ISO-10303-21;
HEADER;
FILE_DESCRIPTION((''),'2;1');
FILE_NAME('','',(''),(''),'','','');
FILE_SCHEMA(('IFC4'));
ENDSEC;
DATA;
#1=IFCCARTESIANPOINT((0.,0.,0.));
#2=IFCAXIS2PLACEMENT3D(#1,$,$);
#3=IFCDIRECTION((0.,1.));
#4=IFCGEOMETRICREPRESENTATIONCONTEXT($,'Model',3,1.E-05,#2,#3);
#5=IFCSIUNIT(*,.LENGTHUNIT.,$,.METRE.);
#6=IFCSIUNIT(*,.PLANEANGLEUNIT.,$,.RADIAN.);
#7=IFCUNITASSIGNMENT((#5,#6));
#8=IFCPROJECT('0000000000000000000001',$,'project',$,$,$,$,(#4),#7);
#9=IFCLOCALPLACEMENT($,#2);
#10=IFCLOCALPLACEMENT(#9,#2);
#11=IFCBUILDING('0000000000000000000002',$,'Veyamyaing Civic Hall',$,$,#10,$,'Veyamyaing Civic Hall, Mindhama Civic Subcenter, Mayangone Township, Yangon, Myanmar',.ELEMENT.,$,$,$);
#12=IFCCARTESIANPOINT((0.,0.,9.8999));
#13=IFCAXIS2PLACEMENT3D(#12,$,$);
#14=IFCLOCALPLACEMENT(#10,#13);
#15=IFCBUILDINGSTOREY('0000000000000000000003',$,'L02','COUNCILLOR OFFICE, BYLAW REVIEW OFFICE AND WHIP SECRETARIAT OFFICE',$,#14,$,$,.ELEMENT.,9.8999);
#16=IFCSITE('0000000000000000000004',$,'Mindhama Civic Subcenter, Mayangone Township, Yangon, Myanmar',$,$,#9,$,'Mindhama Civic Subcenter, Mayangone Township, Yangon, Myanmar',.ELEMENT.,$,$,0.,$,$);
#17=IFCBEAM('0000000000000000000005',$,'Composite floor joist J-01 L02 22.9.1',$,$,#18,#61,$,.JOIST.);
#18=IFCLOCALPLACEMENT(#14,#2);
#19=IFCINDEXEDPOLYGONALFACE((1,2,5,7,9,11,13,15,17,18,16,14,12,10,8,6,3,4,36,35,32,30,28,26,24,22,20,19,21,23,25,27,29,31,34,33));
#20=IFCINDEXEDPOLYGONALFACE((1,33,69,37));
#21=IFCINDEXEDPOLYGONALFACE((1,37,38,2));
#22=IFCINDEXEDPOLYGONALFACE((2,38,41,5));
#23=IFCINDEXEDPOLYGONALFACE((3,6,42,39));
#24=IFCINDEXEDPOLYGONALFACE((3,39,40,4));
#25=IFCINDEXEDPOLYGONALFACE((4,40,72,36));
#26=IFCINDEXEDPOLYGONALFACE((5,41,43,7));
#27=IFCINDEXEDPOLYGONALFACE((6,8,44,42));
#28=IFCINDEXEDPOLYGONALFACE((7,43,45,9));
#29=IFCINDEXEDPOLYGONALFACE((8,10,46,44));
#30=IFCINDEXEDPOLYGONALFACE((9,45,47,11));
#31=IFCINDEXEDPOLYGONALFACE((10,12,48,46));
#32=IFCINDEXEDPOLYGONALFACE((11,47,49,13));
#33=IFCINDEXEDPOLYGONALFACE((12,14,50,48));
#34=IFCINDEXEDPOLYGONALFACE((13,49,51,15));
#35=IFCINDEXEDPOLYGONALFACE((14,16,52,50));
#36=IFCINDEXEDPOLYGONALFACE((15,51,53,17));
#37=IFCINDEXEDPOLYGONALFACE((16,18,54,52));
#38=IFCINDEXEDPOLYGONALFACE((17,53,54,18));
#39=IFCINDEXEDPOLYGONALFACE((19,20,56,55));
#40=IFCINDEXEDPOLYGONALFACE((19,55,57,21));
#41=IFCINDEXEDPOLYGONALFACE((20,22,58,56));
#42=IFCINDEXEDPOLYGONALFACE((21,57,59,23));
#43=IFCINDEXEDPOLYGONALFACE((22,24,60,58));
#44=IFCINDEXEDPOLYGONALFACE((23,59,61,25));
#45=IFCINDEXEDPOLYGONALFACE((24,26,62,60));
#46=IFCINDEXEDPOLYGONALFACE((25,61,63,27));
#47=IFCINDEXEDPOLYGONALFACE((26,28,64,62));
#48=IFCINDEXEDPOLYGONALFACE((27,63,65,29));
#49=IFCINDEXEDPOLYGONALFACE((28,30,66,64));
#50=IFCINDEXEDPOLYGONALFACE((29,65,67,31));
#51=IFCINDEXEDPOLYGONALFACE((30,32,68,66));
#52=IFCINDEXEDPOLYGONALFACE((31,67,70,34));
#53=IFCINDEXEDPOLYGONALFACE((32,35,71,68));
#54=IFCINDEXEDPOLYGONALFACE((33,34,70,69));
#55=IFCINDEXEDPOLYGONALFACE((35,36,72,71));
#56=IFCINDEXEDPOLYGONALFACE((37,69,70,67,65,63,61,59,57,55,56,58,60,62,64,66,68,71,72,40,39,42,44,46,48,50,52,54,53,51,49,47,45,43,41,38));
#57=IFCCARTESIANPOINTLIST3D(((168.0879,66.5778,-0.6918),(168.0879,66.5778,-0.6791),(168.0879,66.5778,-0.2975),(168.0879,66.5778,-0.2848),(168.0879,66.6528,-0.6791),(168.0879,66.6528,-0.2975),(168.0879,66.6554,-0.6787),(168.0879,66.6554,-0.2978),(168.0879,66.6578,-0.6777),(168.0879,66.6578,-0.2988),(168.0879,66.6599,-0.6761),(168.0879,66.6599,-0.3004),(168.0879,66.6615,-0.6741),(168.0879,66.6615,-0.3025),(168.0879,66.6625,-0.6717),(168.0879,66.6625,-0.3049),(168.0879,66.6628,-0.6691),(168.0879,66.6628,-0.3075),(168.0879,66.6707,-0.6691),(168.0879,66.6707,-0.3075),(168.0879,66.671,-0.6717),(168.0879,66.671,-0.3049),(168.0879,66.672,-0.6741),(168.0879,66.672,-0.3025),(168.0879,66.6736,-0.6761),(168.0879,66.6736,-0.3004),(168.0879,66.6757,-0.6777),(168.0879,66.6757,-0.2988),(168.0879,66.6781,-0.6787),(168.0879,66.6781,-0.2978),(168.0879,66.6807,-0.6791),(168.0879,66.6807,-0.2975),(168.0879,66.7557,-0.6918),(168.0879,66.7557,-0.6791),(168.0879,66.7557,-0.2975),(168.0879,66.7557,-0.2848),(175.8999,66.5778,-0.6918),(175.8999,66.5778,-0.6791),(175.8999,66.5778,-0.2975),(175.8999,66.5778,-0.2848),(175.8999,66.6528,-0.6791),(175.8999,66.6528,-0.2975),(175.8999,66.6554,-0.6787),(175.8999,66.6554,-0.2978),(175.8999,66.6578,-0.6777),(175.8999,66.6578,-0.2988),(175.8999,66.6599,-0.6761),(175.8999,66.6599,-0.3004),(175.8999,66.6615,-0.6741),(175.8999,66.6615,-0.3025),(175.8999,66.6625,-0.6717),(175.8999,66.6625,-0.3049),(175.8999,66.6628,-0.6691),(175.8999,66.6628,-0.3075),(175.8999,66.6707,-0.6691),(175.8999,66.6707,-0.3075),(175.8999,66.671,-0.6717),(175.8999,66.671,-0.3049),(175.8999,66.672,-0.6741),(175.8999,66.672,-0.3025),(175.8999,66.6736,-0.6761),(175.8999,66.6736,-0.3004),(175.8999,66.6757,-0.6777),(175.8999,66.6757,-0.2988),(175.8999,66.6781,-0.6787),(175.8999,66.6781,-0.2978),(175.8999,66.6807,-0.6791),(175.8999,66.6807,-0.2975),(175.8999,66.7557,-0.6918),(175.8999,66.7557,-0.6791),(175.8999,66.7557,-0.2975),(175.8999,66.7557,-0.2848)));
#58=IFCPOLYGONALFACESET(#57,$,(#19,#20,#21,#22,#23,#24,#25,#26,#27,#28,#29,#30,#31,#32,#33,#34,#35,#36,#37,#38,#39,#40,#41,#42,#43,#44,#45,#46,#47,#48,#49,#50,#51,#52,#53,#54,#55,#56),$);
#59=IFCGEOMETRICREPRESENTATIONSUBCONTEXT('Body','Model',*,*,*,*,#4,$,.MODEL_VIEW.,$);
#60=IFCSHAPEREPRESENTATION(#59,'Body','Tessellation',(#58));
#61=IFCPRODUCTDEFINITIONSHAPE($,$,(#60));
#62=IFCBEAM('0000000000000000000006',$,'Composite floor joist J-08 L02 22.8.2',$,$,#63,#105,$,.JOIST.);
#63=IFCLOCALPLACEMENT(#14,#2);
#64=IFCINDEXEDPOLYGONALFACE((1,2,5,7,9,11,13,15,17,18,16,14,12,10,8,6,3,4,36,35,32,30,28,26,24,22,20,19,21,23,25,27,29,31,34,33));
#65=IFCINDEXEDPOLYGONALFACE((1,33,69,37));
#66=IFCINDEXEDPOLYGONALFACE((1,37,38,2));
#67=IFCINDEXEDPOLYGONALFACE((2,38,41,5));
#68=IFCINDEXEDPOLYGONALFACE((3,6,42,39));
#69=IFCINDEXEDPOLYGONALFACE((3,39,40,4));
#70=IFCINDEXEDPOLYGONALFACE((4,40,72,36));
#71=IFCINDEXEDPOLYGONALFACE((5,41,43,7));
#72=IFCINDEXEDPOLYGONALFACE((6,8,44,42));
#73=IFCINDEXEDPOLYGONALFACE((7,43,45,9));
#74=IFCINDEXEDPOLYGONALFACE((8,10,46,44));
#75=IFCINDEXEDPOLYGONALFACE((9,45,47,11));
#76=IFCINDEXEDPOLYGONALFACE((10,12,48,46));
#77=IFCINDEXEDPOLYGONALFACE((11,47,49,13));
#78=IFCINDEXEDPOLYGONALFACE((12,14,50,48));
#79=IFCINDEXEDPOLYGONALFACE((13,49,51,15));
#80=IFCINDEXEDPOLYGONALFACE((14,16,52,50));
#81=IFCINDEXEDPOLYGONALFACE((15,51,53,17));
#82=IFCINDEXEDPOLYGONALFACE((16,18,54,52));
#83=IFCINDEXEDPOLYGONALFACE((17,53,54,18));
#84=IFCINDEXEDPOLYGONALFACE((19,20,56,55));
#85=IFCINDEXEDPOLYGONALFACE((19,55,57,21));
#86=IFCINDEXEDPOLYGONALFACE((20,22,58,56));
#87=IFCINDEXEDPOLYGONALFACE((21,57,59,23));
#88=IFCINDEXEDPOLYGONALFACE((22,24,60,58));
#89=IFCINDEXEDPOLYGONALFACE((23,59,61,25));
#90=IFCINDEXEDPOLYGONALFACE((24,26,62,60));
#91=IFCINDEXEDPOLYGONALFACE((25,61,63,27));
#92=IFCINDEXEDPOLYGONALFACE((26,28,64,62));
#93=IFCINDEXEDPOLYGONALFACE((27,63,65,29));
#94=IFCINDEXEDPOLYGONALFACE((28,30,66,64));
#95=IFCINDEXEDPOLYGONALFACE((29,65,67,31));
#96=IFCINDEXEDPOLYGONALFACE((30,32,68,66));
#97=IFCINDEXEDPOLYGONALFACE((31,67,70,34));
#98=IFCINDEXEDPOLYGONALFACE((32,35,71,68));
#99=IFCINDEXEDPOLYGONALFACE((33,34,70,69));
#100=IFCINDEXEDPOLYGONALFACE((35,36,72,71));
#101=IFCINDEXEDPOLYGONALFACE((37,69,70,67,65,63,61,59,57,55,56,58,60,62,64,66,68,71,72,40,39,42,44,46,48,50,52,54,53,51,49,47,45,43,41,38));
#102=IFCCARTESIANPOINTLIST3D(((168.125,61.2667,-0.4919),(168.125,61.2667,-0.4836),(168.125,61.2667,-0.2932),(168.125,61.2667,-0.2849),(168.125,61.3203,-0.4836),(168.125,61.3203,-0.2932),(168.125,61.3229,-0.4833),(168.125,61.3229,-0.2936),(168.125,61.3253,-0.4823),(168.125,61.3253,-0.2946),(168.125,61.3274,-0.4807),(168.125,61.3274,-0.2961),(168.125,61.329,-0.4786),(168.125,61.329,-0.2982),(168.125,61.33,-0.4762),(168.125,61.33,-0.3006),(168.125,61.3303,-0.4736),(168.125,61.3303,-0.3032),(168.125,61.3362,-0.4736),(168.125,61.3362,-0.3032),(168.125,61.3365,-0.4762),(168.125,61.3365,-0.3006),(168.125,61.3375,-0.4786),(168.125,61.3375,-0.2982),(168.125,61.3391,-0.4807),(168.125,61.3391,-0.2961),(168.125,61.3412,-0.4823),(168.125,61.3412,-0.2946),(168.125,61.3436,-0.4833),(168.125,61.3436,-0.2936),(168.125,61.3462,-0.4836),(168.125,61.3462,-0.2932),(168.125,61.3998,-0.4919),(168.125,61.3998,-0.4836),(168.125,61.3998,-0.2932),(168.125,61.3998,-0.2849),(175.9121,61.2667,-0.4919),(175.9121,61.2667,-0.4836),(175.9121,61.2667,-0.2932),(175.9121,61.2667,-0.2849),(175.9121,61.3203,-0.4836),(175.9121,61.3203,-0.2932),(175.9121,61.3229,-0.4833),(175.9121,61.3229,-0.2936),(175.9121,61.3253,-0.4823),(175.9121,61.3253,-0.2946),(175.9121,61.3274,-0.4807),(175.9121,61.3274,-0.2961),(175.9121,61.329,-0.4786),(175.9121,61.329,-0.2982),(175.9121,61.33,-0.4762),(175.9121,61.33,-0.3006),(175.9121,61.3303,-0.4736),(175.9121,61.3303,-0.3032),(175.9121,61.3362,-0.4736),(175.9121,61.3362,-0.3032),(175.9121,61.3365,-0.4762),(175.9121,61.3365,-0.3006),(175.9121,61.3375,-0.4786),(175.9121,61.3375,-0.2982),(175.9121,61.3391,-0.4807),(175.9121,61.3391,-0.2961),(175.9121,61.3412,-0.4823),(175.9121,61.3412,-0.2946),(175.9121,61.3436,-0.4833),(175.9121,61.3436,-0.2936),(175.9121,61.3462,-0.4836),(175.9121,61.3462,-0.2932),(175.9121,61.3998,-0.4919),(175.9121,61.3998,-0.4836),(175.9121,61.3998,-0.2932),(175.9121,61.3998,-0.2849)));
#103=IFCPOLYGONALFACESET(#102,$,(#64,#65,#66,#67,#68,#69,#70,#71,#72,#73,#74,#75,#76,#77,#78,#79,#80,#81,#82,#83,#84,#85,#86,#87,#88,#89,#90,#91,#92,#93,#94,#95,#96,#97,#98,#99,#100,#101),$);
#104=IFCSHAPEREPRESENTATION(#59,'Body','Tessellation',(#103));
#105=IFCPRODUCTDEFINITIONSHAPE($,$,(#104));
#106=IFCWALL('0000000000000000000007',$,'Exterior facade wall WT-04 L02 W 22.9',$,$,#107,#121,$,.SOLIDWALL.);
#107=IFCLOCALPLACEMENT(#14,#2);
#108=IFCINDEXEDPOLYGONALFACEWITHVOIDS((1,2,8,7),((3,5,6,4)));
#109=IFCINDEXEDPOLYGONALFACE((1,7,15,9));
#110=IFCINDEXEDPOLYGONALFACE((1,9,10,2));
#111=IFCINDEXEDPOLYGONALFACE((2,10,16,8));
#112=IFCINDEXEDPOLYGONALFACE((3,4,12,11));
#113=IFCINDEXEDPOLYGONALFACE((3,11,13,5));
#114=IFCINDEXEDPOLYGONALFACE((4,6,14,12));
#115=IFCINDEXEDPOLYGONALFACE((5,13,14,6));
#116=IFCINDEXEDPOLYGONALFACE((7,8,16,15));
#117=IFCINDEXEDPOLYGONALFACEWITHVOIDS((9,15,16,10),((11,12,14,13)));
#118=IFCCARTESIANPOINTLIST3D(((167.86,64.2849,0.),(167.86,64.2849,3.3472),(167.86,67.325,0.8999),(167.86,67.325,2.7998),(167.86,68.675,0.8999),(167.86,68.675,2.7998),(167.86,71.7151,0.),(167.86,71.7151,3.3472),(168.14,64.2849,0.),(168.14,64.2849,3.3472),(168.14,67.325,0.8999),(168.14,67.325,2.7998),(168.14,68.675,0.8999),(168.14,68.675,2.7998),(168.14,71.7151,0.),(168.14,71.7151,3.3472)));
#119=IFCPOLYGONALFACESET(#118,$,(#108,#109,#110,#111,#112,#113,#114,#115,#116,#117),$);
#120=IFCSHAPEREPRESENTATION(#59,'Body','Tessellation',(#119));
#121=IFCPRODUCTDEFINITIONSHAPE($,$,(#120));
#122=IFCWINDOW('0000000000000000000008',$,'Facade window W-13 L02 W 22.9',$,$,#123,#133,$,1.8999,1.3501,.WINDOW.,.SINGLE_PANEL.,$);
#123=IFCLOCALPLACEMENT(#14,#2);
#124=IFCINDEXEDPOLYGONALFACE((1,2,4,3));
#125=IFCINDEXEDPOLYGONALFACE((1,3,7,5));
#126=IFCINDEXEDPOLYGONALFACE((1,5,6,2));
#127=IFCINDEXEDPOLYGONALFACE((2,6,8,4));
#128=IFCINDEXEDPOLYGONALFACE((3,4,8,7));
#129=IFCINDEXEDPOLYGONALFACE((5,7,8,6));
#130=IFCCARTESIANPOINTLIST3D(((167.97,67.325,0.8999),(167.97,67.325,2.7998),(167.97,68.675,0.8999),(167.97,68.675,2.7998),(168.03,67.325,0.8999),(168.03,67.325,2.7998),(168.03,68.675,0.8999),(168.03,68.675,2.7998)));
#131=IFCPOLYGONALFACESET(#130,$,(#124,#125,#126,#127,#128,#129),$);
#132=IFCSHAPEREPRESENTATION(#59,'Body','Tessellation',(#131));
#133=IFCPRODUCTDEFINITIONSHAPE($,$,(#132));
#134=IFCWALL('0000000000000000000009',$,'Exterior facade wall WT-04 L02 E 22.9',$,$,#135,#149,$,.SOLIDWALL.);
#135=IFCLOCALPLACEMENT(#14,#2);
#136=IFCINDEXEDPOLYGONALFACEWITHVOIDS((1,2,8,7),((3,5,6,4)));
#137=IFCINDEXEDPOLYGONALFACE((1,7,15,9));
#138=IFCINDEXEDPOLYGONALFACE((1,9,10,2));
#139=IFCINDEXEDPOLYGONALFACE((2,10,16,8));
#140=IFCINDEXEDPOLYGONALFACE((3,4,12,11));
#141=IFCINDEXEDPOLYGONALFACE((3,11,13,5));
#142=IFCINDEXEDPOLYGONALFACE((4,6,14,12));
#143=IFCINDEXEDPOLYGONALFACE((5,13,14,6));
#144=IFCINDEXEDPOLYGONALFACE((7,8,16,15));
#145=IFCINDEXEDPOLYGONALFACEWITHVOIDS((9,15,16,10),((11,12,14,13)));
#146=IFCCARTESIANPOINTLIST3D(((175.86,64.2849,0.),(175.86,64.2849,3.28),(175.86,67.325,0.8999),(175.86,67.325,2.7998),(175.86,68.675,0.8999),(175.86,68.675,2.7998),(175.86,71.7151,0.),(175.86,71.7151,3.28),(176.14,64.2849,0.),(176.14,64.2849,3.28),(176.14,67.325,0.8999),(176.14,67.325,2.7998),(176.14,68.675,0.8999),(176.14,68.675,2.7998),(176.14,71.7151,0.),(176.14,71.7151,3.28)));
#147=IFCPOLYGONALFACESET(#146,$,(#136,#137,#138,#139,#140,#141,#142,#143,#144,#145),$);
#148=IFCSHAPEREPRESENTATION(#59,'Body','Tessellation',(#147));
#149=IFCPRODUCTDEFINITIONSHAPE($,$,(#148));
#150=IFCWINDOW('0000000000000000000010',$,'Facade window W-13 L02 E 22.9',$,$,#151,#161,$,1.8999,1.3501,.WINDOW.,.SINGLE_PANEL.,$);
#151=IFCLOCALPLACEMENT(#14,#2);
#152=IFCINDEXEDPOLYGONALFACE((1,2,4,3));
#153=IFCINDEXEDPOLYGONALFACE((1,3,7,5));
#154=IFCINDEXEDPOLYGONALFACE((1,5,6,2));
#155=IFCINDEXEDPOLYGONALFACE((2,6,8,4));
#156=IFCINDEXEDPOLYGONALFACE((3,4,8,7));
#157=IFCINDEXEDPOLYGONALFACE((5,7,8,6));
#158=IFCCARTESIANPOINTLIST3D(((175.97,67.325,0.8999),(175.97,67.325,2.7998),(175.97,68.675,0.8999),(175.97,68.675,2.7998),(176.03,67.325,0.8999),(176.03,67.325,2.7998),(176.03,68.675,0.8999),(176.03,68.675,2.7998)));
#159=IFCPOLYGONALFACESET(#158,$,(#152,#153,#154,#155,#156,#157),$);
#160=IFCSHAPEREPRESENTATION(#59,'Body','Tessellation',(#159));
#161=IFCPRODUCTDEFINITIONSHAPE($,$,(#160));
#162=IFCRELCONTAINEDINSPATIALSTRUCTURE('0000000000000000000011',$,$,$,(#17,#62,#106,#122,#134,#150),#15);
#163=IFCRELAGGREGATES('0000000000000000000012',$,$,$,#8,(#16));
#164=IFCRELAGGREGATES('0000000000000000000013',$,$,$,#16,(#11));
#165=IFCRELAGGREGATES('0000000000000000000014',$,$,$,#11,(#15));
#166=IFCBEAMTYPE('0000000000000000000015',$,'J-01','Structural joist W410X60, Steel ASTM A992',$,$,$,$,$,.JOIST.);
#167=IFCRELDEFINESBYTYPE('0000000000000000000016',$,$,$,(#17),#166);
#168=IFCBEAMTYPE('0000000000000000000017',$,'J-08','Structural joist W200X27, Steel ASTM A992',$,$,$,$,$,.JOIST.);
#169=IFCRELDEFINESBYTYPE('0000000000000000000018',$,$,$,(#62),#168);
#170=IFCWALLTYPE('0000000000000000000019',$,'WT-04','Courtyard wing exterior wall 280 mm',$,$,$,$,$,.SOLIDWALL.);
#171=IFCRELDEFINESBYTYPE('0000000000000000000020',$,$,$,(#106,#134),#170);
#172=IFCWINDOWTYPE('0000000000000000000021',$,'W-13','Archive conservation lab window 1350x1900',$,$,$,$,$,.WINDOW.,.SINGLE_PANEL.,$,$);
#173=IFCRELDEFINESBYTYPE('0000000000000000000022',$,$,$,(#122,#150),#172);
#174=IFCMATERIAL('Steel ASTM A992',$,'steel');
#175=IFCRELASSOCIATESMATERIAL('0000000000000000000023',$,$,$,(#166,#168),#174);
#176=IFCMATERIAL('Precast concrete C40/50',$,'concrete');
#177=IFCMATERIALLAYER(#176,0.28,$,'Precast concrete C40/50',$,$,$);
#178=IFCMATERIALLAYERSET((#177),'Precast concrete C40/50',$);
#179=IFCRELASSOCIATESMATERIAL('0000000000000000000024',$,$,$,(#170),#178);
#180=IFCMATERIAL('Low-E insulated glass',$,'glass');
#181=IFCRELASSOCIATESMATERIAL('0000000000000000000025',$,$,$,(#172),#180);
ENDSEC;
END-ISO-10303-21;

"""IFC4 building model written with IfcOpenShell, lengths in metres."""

from ifc_helpers import new_model, si_unit, direction, frame, frame_2d, origin, origin_2d, place, context, subcontext, project, spatial, rectangle, i_section, extrude, material, layer, layer_set, material_profile, profile_set, type_object, element, fill, save


model = new_model("IFC4")

# Units and contexts
model_context = context("Model", 3, precision=1e-05, world=origin(), true_north=direction((0.0, 1.0)))
body_context = subcontext(model_context, "Body", "Model", "MODEL_VIEW")
ifc_project = project(units=[si_unit("LENGTHUNIT", "METRE"), si_unit("PLANEANGLEUNIT", "RADIAN")], contexts=[model_context])

# Site, building, storey
site_placement = place(None, origin())
site = spatial("IfcSite", under=ifc_project, at=site_placement, Name="Mindhama Civic Subcenter, Mayangone Township, Yangon, Myanmar", LongName="Mindhama Civic Subcenter, Mayangone Township, Yangon, Myanmar", CompositionType="ELEMENT", RefElevation=0.0)
building_placement = place(site_placement, origin())
building = spatial("IfcBuilding", under=site, at=building_placement, Name="Veyamyaing Civic Hall", LongName="Veyamyaing Civic Hall, Mindhama Civic Subcenter, Mayangone Township, Yangon, Myanmar", CompositionType="ELEMENT")
storey_placement = place(building_placement, frame((0.0, 0.0, 9.8999)))
storey = spatial("IfcBuildingStorey", under=building, at=storey_placement, Name="L02", Description="COUNCILLOR OFFICE, BYLAW REVIEW OFFICE AND WHIP SECRETARIAT OFFICE", CompositionType="ELEMENT", Elevation=9.8999)

# Beams
ifc_material_1 = material(Name="Steel ASTM A992", Category="steel")
ifc_material_profile_1 = material_profile(ifc_material_1, i_section(OverallWidth=0.178, OverallDepth=0.407, WebThickness=0.0078, FlangeThickness=0.0127, FilletRadius=0.01, at=origin_2d()), Name="W410X60")
ifc_profile_set_1 = profile_set([ifc_material_profile_1], Name="Steel ASTM A992")
beam_type_1 = type_object("IfcBeamType", Name="J-01", Description="Structural joist W410X60, Steel ASTM A992", PredefinedType="JOIST", material=ifc_profile_set_1)
beam_1_placement = place(storey_placement, frame((168.0879, 66.6667, -0.4883), z_axis=(1.0, 0.0, 0.0), x_axis=(0.0, 1.0, 0.0)))
element("IfcBeam", 1, at=beam_1_placement, inside=storey, type_object=beam_type_1, Name="Composite floor joist J-01 L02 22.9.1", PredefinedType="JOIST", context=body_context, shape_type="SweptSolid", body=[
    extrude(i_section(OverallWidth=0.178, OverallDepth=0.407, WebThickness=0.0078, FlangeThickness=0.0127, FilletRadius=0.01, at=origin_2d()), origin(), (0.0, 0.0, 1.0), 7.812),
])
ifc_material_profile_2 = material_profile(ifc_material_1, i_section(OverallWidth=0.1331, OverallDepth=0.207, WebThickness=0.0059, FlangeThickness=0.0083, FilletRadius=0.01, at=origin_2d()), Name="W200X27")
ifc_profile_set_2 = profile_set([ifc_material_profile_2], Name="Steel ASTM A992")
beam_type_2 = type_object("IfcBeamType", Name="J-08", Description="Structural joist W200X27, Steel ASTM A992", PredefinedType="JOIST", material=ifc_profile_set_2)
beam_2_placement = place(storey_placement, frame((168.125, 61.3333, -0.3884), z_axis=(1.0, 0.0, 0.0), x_axis=(0.0, 1.0, 0.0)))
element("IfcBeam", 2, at=beam_2_placement, inside=storey, type_object=beam_type_2, Name="Composite floor joist J-08 L02 22.8.2", PredefinedType="JOIST", context=body_context, shape_type="SweptSolid", body=[
    extrude(i_section(OverallWidth=0.1331, OverallDepth=0.207, WebThickness=0.0059, FlangeThickness=0.0083, FilletRadius=0.01, at=origin_2d()), origin(), (0.0, 0.0, 1.0), 7.7871),
])

# Walls, openings, windows
ifc_material_2 = material(Name="Precast concrete C40/50", Category="concrete")
ifc_layer_1 = layer(ifc_material_2, 0.28, Name="Precast concrete C40/50")
ifc_layer_set_1 = layer_set([ifc_layer_1], Name="Precast concrete C40/50")
wall_type_1 = type_object("IfcWallType", Name="WT-04", Description="Courtyard wing exterior wall 280 mm", PredefinedType="SOLIDWALL", material=ifc_layer_set_1)
wall_1_placement = place(storey_placement, frame((168.0, 64.2849, 0.0), z_axis=(0.0, 0.0, 1.0), x_axis=(0.0, 1.0, 0.0)))
wall_1 = element("IfcWall", 3, at=wall_1_placement, inside=storey, type_object=wall_type_1, Name="Exterior facade wall WT-04 L02 W 22.9", PredefinedType="SOLIDWALL", context=body_context, shape_type="SweptSolid", body=[
    extrude(rectangle(XDim=7.4302, YDim=0.28, at=frame_2d((3.7151, 0.0))), origin(), (0.0, 0.0, 1.0), 3.3472),
])
opening_1_placement = place(wall_1_placement, frame((3.04, 0.0, 0.8999)))
opening_1 = element("IfcOpeningElement", 4, at=opening_1_placement, cuts=wall_1, PredefinedType="OPENING", context=body_context, shape_type="SweptSolid", body=[
    extrude(rectangle(XDim=1.3501, YDim=1.8999, at=frame_2d((0.675, 0.95))), frame((0.0, 0.1499, 0.0), z_axis=(0.0, -1.0, 0.0), x_axis=(1.0, 0.0, 0.0)), (0.0, 0.0, 1.0), 0.3),
])
ifc_material_3 = material(Name="Low-E insulated glass", Category="glass")
window_type = type_object("IfcWindowType", Name="W-13", Description="Archive conservation lab window 1350x1900", PartitioningType="SINGLE_PANEL", PredefinedType="WINDOW", material=ifc_material_3)
window_1_placement = place(opening_1_placement, origin())
window_1 = element("IfcWindow", 5, at=window_1_placement, inside=storey, type_object=window_type, Name="Facade window W-13 L02 W 22.9", OverallHeight=1.8999, OverallWidth=1.3501, PartitioningType="SINGLE_PANEL", PredefinedType="WINDOW", context=body_context, shape_type="SweptSolid", body=[
    extrude(rectangle(XDim=1.3501, YDim=1.8999, at=frame_2d((0.675, 0.95))), frame((0.0, 0.03, 0.0), z_axis=(0.0, -1.0, 0.0), x_axis=(1.0, 0.0, 0.0)), (0.0, 0.0, 1.0), 0.0601),
])
fill(opening_1, window_1)
wall_2_placement = place(storey_placement, frame((176.0, 64.2849, 0.0), z_axis=(0.0, 0.0, 1.0), x_axis=(0.0, 1.0, 0.0)))
wall_2 = element("IfcWall", 6, at=wall_2_placement, inside=storey, type_object=wall_type_1, Name="Exterior facade wall WT-04 L02 E 22.9", PredefinedType="SOLIDWALL", context=body_context, shape_type="SweptSolid", body=[
    extrude(rectangle(XDim=7.4302, YDim=0.28, at=frame_2d((3.7151, 0.0))), origin(), (0.0, 0.0, 1.0), 3.28),
])
opening_2_placement = place(wall_2_placement, frame((3.04, 0.0, 0.8999)))
opening_2 = element("IfcOpeningElement", 7, at=opening_2_placement, cuts=wall_2, PredefinedType="OPENING", context=body_context, shape_type="SweptSolid", body=[
    extrude(rectangle(XDim=1.3501, YDim=1.8999, at=frame_2d((0.675, 0.95))), frame((0.0, 0.1499, 0.0), z_axis=(0.0, -1.0, 0.0), x_axis=(1.0, 0.0, 0.0)), (0.0, 0.0, 1.0), 0.3),
])
window_2_placement = place(opening_2_placement, origin())
window_2 = element("IfcWindow", 8, at=window_2_placement, inside=storey, type_object=window_type, Name="Facade window W-13 L02 E 22.9", OverallHeight=1.8999, OverallWidth=1.3501, PartitioningType="SINGLE_PANEL", PredefinedType="WINDOW", context=body_context, shape_type="SweptSolid", body=[
    extrude(rectangle(XDim=1.3501, YDim=1.8999, at=frame_2d((0.675, 0.95))), frame((0.0, 0.03, 0.0), z_axis=(0.0, -1.0, 0.0), x_axis=(1.0, 0.0, 0.0)), (0.0, 0.0, 1.0), 0.0601),
])
fill(opening_2, window_2)

save(model, "model.ifc")
